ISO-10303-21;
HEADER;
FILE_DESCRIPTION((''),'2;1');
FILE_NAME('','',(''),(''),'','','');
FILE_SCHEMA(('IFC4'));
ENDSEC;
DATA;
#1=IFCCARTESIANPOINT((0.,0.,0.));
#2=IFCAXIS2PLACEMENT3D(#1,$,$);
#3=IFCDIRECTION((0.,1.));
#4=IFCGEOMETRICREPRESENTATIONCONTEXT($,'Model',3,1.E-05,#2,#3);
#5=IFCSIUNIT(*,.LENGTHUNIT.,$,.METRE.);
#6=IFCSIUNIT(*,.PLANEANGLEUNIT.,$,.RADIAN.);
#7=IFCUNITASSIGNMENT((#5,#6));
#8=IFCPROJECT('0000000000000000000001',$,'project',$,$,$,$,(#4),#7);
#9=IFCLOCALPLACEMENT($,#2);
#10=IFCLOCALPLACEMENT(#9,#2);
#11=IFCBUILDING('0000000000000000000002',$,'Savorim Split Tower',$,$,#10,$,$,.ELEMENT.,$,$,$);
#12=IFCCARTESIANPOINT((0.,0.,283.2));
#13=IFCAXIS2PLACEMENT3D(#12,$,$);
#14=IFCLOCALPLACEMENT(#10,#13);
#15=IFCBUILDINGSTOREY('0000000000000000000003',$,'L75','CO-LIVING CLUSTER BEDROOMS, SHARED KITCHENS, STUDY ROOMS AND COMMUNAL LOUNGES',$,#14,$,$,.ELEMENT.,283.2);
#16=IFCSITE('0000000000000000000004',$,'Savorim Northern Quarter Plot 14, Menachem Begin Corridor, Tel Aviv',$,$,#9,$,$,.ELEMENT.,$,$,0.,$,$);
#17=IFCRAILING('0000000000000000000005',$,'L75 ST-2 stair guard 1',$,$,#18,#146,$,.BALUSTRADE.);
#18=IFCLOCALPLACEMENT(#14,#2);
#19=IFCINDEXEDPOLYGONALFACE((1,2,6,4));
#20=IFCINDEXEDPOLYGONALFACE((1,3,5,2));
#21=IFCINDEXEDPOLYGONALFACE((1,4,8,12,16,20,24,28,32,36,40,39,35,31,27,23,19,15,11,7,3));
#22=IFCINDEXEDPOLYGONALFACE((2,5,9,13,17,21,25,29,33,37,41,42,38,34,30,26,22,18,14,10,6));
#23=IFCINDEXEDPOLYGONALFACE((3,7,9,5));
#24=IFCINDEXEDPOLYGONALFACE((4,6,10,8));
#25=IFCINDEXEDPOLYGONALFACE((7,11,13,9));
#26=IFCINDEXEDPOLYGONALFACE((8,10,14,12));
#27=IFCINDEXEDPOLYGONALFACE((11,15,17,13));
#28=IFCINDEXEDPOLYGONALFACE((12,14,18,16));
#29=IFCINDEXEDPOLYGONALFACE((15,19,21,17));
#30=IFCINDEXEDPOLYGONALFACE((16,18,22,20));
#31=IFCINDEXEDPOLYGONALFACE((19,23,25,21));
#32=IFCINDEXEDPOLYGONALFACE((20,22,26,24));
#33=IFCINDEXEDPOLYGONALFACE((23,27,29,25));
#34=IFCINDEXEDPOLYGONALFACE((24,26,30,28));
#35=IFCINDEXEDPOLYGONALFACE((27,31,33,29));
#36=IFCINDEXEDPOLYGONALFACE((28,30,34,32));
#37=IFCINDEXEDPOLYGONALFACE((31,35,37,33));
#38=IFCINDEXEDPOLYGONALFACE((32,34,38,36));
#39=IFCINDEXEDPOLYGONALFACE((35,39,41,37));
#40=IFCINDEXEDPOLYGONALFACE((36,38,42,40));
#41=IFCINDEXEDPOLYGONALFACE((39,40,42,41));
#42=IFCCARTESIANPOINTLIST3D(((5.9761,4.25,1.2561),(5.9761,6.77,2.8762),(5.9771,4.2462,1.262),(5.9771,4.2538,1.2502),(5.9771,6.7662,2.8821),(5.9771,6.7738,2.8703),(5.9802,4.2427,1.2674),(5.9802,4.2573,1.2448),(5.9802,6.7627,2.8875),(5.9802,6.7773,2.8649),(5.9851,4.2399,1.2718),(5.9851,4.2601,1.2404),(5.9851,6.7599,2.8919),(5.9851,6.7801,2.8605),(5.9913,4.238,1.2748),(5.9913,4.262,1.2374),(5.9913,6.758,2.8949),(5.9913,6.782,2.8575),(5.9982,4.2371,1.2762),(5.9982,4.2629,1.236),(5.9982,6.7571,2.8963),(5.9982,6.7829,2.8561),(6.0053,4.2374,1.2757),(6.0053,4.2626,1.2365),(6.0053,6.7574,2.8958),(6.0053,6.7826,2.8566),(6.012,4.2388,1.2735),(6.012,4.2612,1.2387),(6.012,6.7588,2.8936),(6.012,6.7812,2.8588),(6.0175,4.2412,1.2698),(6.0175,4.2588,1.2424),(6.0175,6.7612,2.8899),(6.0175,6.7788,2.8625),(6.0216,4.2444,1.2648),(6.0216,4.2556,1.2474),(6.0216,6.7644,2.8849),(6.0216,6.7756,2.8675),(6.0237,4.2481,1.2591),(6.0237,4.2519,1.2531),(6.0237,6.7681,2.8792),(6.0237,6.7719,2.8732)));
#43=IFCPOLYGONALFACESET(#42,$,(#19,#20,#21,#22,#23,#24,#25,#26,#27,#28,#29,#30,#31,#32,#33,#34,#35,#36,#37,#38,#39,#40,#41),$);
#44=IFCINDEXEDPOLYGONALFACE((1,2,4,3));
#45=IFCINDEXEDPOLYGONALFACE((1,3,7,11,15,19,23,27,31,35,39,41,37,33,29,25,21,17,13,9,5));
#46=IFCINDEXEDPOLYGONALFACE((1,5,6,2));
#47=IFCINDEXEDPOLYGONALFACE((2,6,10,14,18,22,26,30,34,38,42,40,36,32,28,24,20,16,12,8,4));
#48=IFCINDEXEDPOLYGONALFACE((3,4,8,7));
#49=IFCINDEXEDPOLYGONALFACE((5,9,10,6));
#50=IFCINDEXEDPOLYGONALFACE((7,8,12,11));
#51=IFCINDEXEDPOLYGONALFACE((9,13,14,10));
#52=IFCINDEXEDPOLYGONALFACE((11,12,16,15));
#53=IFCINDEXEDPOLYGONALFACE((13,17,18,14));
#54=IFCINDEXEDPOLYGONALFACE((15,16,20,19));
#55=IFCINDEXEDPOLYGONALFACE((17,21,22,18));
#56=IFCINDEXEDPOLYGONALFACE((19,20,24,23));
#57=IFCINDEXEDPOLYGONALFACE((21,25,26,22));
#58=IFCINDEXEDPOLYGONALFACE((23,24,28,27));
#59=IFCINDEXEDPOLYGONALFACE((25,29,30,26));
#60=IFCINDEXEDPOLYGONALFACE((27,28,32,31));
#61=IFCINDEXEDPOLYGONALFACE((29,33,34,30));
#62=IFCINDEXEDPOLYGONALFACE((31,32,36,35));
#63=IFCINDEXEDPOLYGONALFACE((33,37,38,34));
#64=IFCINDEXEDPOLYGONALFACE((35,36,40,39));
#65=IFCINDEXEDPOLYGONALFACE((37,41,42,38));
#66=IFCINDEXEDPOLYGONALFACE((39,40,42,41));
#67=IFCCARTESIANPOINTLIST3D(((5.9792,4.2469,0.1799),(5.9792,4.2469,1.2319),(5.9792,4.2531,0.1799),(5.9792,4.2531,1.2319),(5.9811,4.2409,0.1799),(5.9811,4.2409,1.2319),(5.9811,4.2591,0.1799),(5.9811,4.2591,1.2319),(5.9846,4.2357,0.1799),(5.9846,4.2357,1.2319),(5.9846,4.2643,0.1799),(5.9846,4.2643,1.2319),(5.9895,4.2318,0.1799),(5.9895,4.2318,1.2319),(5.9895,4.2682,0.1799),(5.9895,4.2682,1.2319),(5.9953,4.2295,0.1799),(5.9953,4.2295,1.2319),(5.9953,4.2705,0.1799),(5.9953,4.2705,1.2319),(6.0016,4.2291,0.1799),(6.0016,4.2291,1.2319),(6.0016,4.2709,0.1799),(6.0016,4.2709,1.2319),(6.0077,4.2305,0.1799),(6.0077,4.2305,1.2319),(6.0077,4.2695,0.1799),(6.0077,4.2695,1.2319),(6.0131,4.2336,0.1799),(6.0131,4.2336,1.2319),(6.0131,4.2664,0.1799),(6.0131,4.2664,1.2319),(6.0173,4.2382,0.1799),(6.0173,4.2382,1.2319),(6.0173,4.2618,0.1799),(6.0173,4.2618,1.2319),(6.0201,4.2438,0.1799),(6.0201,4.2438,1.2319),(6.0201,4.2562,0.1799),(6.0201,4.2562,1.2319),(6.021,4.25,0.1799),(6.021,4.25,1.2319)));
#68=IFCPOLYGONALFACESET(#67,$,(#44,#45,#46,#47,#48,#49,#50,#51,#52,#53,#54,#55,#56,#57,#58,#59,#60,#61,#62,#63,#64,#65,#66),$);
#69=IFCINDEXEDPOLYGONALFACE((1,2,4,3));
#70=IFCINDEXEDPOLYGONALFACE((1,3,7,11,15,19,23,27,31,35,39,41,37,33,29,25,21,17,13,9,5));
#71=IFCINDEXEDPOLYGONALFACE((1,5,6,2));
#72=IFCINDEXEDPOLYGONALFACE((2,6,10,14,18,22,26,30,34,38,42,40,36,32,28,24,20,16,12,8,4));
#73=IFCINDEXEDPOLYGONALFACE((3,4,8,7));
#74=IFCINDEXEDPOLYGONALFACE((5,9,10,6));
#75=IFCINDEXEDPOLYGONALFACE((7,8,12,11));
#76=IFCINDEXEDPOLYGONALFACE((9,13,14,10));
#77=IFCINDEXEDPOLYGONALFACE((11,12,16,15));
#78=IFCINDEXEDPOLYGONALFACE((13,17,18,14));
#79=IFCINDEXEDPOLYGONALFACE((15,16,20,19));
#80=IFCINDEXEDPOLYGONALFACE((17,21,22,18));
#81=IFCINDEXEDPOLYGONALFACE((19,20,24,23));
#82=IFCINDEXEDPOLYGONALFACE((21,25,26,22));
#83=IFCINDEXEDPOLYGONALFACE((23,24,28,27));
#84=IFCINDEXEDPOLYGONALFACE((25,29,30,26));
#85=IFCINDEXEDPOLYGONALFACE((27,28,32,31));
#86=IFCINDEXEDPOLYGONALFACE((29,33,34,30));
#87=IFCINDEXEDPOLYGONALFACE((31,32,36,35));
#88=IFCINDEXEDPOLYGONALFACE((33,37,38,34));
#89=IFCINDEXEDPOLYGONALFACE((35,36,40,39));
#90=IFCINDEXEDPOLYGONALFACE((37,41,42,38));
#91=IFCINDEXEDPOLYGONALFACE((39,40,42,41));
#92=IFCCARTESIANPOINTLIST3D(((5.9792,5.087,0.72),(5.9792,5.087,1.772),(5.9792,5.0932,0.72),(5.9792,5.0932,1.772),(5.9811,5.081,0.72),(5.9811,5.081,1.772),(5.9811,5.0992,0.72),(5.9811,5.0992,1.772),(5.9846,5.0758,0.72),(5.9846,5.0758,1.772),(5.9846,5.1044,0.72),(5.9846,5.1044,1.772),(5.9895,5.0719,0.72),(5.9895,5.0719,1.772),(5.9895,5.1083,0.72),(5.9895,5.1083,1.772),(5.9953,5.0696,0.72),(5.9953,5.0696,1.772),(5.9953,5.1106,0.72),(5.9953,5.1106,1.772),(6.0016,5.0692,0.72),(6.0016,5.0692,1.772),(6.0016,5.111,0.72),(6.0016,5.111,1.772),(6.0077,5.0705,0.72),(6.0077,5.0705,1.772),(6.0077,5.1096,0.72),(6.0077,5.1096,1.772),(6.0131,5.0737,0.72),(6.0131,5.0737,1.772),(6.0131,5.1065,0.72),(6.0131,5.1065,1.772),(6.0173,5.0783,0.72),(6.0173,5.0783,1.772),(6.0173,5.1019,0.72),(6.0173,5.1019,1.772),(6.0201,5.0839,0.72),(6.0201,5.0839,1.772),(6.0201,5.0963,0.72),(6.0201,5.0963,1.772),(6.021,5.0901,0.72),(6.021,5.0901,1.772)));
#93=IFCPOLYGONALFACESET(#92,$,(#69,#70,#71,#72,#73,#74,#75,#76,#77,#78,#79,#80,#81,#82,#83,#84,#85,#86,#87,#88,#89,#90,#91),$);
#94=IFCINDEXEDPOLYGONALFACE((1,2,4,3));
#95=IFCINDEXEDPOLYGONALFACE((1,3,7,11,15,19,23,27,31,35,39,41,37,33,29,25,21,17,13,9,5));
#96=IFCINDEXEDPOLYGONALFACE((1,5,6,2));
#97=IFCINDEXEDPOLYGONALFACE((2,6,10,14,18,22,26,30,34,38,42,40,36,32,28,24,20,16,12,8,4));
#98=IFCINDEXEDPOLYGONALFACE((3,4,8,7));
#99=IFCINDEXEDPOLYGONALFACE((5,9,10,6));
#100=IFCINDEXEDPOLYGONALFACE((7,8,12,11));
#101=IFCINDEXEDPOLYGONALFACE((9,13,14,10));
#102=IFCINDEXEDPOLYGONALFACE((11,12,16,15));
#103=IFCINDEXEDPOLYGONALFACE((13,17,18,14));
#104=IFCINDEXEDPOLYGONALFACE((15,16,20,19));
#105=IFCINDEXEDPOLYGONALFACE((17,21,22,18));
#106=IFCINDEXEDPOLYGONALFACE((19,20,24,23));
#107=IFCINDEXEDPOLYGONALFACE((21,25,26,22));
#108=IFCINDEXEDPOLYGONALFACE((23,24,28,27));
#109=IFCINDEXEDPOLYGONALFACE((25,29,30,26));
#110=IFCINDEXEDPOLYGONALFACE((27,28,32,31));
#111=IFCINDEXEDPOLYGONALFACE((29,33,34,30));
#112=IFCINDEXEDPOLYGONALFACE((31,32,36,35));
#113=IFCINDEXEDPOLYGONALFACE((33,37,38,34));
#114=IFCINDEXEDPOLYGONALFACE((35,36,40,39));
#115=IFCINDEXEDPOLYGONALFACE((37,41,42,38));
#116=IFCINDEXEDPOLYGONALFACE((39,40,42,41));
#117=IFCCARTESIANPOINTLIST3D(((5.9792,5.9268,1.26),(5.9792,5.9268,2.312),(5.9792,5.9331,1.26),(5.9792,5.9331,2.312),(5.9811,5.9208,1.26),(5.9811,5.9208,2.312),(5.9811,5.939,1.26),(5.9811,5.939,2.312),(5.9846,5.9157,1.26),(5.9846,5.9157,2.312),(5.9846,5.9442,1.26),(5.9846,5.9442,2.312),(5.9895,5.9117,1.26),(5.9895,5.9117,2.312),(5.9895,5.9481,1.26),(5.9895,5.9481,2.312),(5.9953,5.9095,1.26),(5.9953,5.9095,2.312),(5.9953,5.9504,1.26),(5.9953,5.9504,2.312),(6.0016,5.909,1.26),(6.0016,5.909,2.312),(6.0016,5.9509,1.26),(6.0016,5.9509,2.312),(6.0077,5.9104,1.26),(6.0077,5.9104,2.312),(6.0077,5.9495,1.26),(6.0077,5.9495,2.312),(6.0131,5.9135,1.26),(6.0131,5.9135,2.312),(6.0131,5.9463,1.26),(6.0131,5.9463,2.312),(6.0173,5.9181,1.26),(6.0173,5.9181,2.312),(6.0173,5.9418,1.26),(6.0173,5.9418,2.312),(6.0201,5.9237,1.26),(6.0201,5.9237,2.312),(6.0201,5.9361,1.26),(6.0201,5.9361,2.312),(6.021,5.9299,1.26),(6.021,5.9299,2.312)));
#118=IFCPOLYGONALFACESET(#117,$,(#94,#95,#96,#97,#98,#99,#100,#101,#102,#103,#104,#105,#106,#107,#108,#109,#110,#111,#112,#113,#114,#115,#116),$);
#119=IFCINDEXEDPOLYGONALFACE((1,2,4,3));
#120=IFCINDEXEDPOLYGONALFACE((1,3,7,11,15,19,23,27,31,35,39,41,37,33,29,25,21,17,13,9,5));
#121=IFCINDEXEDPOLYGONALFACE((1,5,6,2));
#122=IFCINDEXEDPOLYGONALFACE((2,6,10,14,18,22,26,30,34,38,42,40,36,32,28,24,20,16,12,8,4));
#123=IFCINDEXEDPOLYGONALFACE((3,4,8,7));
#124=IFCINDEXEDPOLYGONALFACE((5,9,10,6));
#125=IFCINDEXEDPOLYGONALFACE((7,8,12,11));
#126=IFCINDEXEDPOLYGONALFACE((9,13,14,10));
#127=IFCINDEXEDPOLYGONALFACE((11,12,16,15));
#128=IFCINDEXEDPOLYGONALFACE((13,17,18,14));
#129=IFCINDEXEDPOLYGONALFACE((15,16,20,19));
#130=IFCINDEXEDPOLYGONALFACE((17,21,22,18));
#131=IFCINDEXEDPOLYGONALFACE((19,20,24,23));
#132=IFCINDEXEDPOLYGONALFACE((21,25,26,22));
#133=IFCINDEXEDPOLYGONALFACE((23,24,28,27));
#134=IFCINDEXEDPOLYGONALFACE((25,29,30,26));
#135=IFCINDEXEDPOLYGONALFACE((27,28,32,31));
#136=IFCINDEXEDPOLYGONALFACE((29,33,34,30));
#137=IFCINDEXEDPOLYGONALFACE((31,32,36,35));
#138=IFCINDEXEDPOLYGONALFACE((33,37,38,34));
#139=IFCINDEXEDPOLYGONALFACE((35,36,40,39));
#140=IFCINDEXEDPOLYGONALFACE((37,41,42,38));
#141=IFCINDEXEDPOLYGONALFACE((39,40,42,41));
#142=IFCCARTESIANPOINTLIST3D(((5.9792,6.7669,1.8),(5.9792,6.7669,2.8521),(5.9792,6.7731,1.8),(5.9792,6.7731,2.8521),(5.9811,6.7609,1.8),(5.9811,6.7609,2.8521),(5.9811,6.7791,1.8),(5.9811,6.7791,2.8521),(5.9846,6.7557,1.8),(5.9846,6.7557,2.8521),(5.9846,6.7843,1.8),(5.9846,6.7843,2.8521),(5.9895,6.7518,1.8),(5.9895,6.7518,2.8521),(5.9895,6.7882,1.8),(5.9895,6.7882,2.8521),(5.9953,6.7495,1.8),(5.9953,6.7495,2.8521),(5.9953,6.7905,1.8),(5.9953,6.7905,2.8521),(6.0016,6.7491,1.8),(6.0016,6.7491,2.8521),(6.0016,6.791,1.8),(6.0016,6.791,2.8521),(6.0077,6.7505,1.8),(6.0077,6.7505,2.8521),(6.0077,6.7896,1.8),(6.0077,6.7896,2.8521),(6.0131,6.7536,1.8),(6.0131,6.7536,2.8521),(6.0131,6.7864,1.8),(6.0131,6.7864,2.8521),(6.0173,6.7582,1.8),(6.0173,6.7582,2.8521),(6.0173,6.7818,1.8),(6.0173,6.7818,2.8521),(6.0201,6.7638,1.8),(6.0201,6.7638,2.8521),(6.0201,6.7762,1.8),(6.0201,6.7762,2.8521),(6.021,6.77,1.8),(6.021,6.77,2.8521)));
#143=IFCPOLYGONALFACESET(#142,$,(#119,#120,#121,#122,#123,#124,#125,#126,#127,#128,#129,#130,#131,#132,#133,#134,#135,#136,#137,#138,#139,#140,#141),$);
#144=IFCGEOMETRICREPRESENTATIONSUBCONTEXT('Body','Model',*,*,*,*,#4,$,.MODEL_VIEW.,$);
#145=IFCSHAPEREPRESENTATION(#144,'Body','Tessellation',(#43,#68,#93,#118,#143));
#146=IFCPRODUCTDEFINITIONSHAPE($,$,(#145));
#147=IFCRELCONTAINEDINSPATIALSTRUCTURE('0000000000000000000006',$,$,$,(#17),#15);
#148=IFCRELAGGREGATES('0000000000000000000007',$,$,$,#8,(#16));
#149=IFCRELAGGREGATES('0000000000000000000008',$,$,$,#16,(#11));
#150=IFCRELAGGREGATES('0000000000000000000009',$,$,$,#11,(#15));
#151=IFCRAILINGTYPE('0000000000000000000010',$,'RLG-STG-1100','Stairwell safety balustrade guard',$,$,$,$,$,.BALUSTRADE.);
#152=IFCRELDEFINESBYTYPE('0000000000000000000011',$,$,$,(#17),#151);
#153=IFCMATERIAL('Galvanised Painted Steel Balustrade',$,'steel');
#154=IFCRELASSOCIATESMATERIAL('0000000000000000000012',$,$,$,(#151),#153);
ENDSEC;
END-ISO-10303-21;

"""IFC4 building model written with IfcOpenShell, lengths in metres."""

from ifc_helpers import new_model, si_unit, direction, frame, origin, origin_2d, place, context, subcontext, project, spatial, circle, extrude, material, type_object, element, save


model = new_model("IFC4")

# Units and contexts
model_context = context("Model", 3, precision=1e-05, world=origin(), true_north=direction((0.0, 1.0)))
body_context = subcontext(model_context, "Body", "Model", "MODEL_VIEW")
ifc_project = project(units=[si_unit("LENGTHUNIT", "METRE"), si_unit("PLANEANGLEUNIT", "RADIAN")], contexts=[model_context])

# Site, building, storey
site_placement = place(None, origin())
site = spatial("IfcSite", under=ifc_project, at=site_placement, Name="Savorim Northern Quarter Plot 14, Menachem Begin Corridor, Tel Aviv", CompositionType="ELEMENT", RefElevation=0.0)
building_placement = place(site_placement, origin())
building = spatial("IfcBuilding", under=site, at=building_placement, Name="Savorim Split Tower", CompositionType="ELEMENT")
storey_placement = place(building_placement, frame((0.0, 0.0, 283.2)))
storey = spatial("IfcBuildingStorey", under=building, at=storey_placement, Name="L75", Description="CO-LIVING CLUSTER BEDROOMS, SHARED KITCHENS, STUDY ROOMS AND COMMUNAL LOUNGES", CompositionType="ELEMENT", Elevation=283.2)

# Railing
ifc_material_1 = material(Name="Galvanised Painted Steel Balustrade", Category="steel")
railing_type_1 = type_object("IfcRailingType", Name="RLG-STG-1100", Description="Stairwell safety balustrade guard", PredefinedType="BALUSTRADE", material=ifc_material_1)
railing_1_placement = place(storey_placement, frame((6.0, 4.25, 0.1799)))
element("IfcRailing", 1, at=railing_1_placement, inside=storey, type_object=railing_type_1, Name="L75 ST-2 stair guard 1", PredefinedType="BALUSTRADE", context=body_context, shape_type="SweptSolid", body=[
    extrude(circle(Radius=0.0239, at=origin_2d()), frame((0.0, 0.0, 1.0762), z_axis=(0.0, 0.841163, 0.540782), x_axis=(-1.0, 0.0, 0.0)), (0.0, 0.0, 1.0), 2.9958),
    extrude(circle(Radius=0.021, at=origin_2d()), origin(), (0.0, 0.0, 1.0), 1.052),
    extrude(circle(Radius=0.021, at=origin_2d()), frame((0.0, 0.8401, 0.54)), (0.0, 0.0, 1.0), 1.052),
    extrude(circle(Radius=0.021, at=origin_2d()), frame((0.0, 1.6799, 1.0801)), (0.0, 0.0, 1.0), 1.052),
    extrude(circle(Radius=0.021, at=origin_2d()), frame((0.0, 2.52, 1.6201)), (0.0, 0.0, 1.0), 1.052),
])

save(model, "model.ifc")
